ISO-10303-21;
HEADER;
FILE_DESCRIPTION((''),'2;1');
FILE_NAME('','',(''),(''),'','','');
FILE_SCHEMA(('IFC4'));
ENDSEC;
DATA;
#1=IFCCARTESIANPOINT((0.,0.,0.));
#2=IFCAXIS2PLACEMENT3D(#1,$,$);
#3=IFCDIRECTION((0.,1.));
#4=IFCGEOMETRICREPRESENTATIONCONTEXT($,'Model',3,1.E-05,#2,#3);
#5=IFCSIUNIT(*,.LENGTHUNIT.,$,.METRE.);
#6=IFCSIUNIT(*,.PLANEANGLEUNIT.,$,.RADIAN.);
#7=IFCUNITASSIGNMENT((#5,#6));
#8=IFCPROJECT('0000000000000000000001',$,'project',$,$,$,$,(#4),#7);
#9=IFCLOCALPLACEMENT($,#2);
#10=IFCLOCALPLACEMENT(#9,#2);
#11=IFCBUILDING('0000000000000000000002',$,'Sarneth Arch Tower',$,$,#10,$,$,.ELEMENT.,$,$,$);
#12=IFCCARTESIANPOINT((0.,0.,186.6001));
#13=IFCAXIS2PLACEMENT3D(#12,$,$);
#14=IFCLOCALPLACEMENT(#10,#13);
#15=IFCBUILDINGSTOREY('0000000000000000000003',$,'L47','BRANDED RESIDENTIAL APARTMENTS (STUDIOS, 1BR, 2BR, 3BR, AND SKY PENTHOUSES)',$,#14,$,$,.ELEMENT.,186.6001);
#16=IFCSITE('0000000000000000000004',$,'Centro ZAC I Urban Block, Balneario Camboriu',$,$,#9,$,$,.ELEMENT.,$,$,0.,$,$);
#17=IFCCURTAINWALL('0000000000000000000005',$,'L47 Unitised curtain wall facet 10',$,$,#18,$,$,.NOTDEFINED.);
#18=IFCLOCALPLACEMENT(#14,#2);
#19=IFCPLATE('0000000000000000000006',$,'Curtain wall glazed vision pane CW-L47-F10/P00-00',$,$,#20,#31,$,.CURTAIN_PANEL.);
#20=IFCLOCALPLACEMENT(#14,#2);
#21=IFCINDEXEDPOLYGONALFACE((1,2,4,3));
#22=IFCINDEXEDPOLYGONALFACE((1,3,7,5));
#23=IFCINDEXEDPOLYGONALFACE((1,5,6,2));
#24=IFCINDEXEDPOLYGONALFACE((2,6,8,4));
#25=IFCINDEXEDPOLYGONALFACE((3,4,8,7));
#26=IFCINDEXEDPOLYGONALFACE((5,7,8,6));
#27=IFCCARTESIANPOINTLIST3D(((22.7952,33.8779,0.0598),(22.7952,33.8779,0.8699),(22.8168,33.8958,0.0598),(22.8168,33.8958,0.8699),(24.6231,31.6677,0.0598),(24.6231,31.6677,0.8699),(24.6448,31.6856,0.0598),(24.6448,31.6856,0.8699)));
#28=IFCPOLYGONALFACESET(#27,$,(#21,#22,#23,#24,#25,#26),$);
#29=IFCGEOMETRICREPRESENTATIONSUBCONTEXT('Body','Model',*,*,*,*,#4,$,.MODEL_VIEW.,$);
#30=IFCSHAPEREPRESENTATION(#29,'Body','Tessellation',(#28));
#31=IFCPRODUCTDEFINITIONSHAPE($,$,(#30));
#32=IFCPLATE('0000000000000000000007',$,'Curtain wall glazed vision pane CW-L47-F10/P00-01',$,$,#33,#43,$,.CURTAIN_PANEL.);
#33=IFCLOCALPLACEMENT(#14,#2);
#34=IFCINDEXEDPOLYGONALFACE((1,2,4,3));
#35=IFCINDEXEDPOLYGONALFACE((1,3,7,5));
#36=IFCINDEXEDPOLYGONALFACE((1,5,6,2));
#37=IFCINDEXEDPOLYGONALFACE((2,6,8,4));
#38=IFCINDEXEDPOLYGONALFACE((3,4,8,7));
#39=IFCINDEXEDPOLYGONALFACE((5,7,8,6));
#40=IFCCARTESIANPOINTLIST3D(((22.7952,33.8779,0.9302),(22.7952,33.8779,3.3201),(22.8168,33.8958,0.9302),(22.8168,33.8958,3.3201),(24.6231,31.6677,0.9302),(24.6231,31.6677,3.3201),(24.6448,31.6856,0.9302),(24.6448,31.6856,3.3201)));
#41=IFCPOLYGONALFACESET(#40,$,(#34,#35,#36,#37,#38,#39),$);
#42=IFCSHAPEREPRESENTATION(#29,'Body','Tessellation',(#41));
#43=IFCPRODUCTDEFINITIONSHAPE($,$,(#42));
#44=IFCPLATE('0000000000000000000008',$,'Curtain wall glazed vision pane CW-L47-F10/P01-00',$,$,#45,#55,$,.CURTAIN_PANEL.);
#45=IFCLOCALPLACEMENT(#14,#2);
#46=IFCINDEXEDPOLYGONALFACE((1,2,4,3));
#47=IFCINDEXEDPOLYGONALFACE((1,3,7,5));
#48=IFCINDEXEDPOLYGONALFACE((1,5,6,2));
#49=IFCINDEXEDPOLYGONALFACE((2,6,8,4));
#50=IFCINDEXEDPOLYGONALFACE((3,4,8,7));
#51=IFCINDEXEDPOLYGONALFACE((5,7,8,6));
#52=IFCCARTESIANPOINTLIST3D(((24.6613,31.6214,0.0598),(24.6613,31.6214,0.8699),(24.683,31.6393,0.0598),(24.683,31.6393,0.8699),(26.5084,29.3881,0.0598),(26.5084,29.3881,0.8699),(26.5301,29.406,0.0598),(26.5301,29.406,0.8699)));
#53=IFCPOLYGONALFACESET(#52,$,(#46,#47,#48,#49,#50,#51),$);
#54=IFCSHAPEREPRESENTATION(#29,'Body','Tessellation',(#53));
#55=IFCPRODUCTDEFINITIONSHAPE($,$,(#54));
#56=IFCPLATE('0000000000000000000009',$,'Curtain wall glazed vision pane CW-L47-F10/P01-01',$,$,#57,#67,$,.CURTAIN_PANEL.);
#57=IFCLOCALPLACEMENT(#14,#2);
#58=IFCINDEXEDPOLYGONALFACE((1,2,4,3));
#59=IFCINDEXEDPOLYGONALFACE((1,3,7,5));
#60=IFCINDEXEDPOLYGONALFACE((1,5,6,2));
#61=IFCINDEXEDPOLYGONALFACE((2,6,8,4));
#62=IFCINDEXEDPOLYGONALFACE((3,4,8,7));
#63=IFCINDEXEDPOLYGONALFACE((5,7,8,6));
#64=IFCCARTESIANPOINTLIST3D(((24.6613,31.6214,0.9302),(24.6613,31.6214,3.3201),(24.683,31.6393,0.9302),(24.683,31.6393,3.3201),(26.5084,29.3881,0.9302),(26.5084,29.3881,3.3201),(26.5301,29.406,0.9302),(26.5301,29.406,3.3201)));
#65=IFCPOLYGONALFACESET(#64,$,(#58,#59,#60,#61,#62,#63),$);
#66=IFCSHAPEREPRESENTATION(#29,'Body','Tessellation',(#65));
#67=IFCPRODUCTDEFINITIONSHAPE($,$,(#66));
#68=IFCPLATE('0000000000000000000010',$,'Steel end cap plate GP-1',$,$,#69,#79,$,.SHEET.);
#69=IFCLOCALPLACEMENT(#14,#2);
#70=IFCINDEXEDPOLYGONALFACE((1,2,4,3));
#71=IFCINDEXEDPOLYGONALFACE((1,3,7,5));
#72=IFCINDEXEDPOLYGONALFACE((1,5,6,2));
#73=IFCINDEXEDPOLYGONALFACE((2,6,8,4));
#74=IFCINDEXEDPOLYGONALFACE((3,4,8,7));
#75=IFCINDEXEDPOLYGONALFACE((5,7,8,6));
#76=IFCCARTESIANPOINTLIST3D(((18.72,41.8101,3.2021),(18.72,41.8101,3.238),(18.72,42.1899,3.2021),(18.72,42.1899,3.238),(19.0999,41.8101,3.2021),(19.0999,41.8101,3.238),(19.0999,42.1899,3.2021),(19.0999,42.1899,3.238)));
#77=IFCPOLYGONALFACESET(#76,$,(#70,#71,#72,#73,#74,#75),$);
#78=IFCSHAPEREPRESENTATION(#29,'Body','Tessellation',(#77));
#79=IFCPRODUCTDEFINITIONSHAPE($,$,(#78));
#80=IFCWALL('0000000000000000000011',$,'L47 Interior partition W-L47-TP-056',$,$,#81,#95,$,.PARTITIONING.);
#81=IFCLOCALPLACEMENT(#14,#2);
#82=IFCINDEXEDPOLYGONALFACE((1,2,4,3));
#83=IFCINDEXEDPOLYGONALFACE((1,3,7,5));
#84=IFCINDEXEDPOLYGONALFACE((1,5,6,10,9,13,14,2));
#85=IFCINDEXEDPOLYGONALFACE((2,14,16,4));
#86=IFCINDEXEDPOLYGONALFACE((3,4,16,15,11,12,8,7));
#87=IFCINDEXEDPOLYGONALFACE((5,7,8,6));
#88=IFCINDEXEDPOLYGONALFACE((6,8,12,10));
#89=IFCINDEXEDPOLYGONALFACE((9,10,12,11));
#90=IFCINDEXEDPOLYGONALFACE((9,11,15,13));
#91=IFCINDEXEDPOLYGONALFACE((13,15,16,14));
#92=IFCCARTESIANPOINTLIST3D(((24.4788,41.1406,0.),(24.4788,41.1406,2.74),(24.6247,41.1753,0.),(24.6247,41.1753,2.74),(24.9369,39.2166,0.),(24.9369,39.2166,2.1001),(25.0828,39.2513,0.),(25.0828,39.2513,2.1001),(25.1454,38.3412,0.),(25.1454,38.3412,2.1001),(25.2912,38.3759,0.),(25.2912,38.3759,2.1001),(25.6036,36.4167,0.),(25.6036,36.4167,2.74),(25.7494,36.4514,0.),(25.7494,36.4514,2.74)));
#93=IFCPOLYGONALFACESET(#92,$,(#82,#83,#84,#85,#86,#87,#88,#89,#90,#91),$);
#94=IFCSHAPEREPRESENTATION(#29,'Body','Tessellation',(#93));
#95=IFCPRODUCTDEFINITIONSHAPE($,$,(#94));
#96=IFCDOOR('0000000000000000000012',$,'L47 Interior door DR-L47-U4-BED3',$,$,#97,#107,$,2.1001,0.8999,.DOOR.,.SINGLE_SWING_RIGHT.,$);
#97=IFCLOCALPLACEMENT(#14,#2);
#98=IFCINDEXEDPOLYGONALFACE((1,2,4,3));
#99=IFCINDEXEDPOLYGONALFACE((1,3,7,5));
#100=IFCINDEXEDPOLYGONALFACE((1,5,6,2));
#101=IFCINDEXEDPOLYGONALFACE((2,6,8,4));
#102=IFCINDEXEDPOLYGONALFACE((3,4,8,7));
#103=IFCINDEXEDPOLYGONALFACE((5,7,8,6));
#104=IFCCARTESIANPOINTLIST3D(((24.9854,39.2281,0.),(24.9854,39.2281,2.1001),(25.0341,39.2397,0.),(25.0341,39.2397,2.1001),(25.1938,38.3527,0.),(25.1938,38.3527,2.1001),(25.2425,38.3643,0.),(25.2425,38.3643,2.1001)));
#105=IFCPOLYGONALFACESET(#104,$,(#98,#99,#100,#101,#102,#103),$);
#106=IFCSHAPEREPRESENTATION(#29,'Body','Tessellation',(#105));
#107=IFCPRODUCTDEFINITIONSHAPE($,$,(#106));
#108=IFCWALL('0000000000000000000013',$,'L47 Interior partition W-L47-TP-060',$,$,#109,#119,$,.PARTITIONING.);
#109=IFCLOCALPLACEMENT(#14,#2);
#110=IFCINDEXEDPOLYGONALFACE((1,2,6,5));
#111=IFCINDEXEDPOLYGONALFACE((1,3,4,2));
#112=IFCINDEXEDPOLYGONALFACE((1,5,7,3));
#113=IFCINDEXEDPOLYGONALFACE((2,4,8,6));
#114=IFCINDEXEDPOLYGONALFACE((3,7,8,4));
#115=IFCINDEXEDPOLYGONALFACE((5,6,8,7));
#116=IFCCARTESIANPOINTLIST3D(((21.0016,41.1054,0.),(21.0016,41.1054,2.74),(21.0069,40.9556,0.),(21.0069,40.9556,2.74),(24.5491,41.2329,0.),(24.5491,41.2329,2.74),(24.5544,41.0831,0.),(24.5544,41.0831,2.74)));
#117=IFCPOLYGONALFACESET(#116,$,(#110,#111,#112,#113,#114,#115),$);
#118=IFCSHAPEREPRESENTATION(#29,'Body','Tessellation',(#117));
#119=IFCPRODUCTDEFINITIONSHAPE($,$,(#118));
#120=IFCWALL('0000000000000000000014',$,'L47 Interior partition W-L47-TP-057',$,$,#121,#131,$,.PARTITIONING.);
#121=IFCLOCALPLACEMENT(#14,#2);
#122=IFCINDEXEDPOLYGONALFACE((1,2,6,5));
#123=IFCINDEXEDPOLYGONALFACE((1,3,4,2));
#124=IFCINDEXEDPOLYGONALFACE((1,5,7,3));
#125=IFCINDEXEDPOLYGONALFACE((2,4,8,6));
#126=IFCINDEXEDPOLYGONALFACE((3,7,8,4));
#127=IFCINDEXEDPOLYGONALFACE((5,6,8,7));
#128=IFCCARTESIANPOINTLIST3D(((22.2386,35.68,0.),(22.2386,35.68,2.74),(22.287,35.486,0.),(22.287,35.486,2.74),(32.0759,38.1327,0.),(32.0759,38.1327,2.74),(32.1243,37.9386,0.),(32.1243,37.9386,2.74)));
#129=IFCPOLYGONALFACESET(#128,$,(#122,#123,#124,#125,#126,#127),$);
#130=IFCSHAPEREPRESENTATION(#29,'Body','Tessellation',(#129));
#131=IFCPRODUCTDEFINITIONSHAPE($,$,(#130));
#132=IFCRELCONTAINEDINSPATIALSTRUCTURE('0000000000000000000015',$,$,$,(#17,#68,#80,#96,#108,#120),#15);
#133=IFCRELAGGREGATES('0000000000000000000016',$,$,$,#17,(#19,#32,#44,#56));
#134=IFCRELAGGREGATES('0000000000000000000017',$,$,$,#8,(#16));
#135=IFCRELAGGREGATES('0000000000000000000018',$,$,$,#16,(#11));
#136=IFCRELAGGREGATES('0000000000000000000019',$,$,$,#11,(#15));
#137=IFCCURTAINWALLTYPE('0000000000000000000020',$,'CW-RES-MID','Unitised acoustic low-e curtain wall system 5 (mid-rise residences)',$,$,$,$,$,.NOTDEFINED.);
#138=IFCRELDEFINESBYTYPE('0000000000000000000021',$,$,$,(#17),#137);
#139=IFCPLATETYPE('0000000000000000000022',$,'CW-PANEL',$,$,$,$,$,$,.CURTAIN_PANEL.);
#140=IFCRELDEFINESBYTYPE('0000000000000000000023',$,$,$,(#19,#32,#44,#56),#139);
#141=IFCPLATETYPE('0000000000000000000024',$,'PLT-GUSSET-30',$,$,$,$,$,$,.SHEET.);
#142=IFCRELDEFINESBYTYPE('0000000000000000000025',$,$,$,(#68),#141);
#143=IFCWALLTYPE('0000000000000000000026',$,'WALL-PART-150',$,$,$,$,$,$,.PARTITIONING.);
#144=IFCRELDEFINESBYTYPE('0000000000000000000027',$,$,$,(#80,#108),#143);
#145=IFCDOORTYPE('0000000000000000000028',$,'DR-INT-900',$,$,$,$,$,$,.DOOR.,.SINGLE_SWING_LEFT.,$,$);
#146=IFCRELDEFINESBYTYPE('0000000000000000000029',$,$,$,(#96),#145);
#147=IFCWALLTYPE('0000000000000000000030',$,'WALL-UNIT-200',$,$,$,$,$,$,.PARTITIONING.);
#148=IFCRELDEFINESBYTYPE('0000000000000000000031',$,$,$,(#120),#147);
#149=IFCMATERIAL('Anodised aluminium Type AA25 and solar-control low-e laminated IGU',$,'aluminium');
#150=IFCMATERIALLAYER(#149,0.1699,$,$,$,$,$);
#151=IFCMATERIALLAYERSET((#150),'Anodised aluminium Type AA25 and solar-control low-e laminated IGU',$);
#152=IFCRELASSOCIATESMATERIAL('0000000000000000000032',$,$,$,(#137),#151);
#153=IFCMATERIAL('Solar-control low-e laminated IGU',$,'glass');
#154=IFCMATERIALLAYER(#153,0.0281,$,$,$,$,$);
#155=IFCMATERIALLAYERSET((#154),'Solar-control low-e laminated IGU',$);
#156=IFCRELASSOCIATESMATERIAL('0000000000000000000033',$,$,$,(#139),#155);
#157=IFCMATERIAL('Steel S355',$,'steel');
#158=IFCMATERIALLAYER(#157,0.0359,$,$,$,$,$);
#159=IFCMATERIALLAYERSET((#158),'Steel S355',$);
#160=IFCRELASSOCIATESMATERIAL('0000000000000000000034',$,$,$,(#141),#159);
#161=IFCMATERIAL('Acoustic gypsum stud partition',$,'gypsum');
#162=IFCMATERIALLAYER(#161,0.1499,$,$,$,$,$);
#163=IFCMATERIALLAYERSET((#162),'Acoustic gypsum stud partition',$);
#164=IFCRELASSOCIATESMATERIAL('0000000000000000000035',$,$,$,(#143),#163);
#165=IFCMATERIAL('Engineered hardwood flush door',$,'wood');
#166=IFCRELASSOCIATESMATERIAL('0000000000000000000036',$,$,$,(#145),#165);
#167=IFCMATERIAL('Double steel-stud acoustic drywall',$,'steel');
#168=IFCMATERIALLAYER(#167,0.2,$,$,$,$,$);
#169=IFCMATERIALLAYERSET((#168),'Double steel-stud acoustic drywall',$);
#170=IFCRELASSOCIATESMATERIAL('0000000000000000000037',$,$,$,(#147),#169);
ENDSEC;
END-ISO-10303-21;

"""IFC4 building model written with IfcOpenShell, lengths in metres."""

from ifc_helpers import new_model, si_unit, direction, frame, frame_2d, origin, origin_2d, place, context, subcontext, project, spatial, rectangle, extrude, material, layer, layer_set, type_object, element, fill, aggregate, save


model = new_model("IFC4")

# Units and contexts
model_context = context("Model", 3, precision=1e-05, world=origin(), true_north=direction((0.0, 1.0)))
body_context = subcontext(model_context, "Body", "Model", "MODEL_VIEW")
ifc_project = project(units=[si_unit("LENGTHUNIT", "METRE"), si_unit("PLANEANGLEUNIT", "RADIAN")], contexts=[model_context])

# Site, building, storey
site_placement = place(None, origin())
site = spatial("IfcSite", under=ifc_project, at=site_placement, Name="Centro ZAC I Urban Block, Balneario Camboriu", CompositionType="ELEMENT", RefElevation=0.0)
building_placement = place(site_placement, origin())
building = spatial("IfcBuilding", under=site, at=building_placement, Name="Sarneth Arch Tower", CompositionType="ELEMENT")
storey_placement = place(building_placement, frame((0.0, 0.0, 186.6001)))
storey = spatial("IfcBuildingStorey", under=building, at=storey_placement, Name="L47", Description="BRANDED RESIDENTIAL APARTMENTS (STUDIOS, 1BR, 2BR, 3BR, AND SKY PENTHOUSES)", CompositionType="ELEMENT", Elevation=186.6001)

# Curtain wall, plates
ifc_material_1 = material(Name="Anodised aluminium Type AA25 and solar-control low-e laminated IGU", Category="aluminium")
ifc_layer_1 = layer(ifc_material_1, 0.1699)
ifc_layer_set_1 = layer_set([ifc_layer_1], Name="Anodised aluminium Type AA25 and solar-control low-e laminated IGU")
curtain_wall_type = type_object("IfcCurtainWallType", Name="CW-RES-MID", Description="Unitised acoustic low-e curtain wall system 5 (mid-rise residences)", PredefinedType="NOTDEFINED", material=ifc_layer_set_1)
curtain_wall_placement = place(storey_placement, origin())
curtain_wall = element("IfcCurtainWall", 1, at=curtain_wall_placement, inside=storey, type_object=curtain_wall_type, Name="L47 Unitised curtain wall facet 10", PredefinedType="NOTDEFINED")
ifc_material_2 = material(Name="Solar-control low-e laminated IGU", Category="glass")
ifc_layer_2 = layer(ifc_material_2, 0.0281)
ifc_layer_set_2 = layer_set([ifc_layer_2], Name="Solar-control low-e laminated IGU")
plate_type_1 = type_object("IfcPlateType", Name="CW-PANEL", PredefinedType="CURTAIN_PANEL", material=ifc_layer_set_2)
plate_1_placement = place(storey_placement, frame((23.72, 32.7817, 0.0598), z_axis=(0.0, 0.0, 1.0), x_axis=(0.63733, -0.770591, 0.0)))
plate_1 = element("IfcPlate", 2, at=plate_1_placement, type_object=plate_type_1, Name="Curtain wall glazed vision pane CW-L47-F10/P00-00", PredefinedType="CURTAIN_PANEL", context=body_context, shape_type="SweptSolid", body=[
    extrude(rectangle(XDim=2.8682, YDim=0.0281, at=origin_2d()), origin(), (0.0, 0.0, 1.0), 0.8101),
])
plate_2_placement = place(storey_placement, frame((23.72, 32.7817, 0.9302), z_axis=(0.0, 0.0, 1.0), x_axis=(0.63733, -0.770591, 0.0)))
plate_2 = element("IfcPlate", 3, at=plate_2_placement, type_object=plate_type_1, Name="Curtain wall glazed vision pane CW-L47-F10/P00-01", PredefinedType="CURTAIN_PANEL", context=body_context, shape_type="SweptSolid", body=[
    extrude(rectangle(XDim=2.8682, YDim=0.0281, at=origin_2d()), origin(), (0.0, 0.0, 1.0), 2.3899),
])
plate_3_placement = place(storey_placement, frame((25.5957, 30.5137, 0.0598), z_axis=(0.0, 0.0, 1.0), x_axis=(0.63733, -0.770591, 0.0)))
plate_3 = element("IfcPlate", 4, at=plate_3_placement, type_object=plate_type_1, Name="Curtain wall glazed vision pane CW-L47-F10/P01-00", PredefinedType="CURTAIN_PANEL", context=body_context, shape_type="SweptSolid", body=[
    extrude(rectangle(XDim=2.8982, YDim=0.0281, at=origin_2d()), origin(), (0.0, 0.0, 1.0), 0.8101),
])
plate_4_placement = place(storey_placement, frame((25.5957, 30.5137, 0.9302), z_axis=(0.0, 0.0, 1.0), x_axis=(0.63733, -0.770591, 0.0)))
plate_4 = element("IfcPlate", 5, at=plate_4_placement, type_object=plate_type_1, Name="Curtain wall glazed vision pane CW-L47-F10/P01-01", PredefinedType="CURTAIN_PANEL", context=body_context, shape_type="SweptSolid", body=[
    extrude(rectangle(XDim=2.8982, YDim=0.0281, at=origin_2d()), origin(), (0.0, 0.0, 1.0), 2.3899),
])
aggregate(curtain_wall, [plate_1, plate_2, plate_3, plate_4])

# Plate
ifc_material_3 = material(Name="Steel S355", Category="steel")
ifc_layer_3 = layer(ifc_material_3, 0.0359)
ifc_layer_set_3 = layer_set([ifc_layer_3], Name="Steel S355")
plate_type_2 = type_object("IfcPlateType", Name="PLT-GUSSET-30", PredefinedType="SHEET", material=ifc_layer_set_3)
plate_5_placement = place(storey_placement, frame((18.9099, 42.0, 3.2021), z_axis=(0.0, 0.0, 1.0), x_axis=(-1.0, 0.0, 0.0)))
element("IfcPlate", 6, at=plate_5_placement, inside=storey, type_object=plate_type_2, Name="Steel end cap plate GP-1", PredefinedType="SHEET", context=body_context, shape_type="SweptSolid", body=[
    extrude(rectangle(XDim=0.3799, YDim=0.3799, at=origin_2d()), origin(), (0.0, 0.0, 1.0), 0.0359),
])

# Wall, opening, door
ifc_material_4 = material(Name="Acoustic gypsum stud partition", Category="gypsum")
ifc_layer_4 = layer(ifc_material_4, 0.1499)
ifc_layer_set_4 = layer_set([ifc_layer_4], Name="Acoustic gypsum stud partition")
wall_type_1 = type_object("IfcWallType", Name="WALL-PART-150", PredefinedType="PARTITIONING", material=ifc_layer_set_4)
wall_1_placement = place(storey_placement, frame((24.5518, 41.158, 0.0), z_axis=(0.0, 0.0, 1.0), x_axis=(0.231625, -0.972805, 0.0)))
wall_1 = element("IfcWall", 7, at=wall_1_placement, inside=storey, type_object=wall_type_1, Name="L47 Interior partition W-L47-TP-056", PredefinedType="PARTITIONING", context=body_context, shape_type="SweptSolid", body=[
    extrude(rectangle(XDim=4.856, YDim=0.1499, at=frame_2d((2.428, 0.0))), origin(), (0.0, 0.0, 1.0), 2.74),
])
opening_placement = place(wall_1_placement, frame((1.9778, 0.0, 0.0)))
opening = element("IfcOpeningElement", 8, at=opening_placement, cuts=wall_1, PredefinedType="OPENING", context=body_context, shape_type="SweptSolid", body=[
    extrude(rectangle(XDim=0.8999, YDim=2.1001, at=frame_2d((0.45, 1.05))), frame((0.0, 0.085, 0.0), z_axis=(0.0, -1.0, 0.0), x_axis=(1.0, 0.0, 0.0)), (0.0, 0.0, 1.0), 0.1699),
])
ifc_material_5 = material(Name="Engineered hardwood flush door", Category="wood")
door_type = type_object("IfcDoorType", Name="DR-INT-900", OperationType="SINGLE_SWING_LEFT", PredefinedType="DOOR", material=ifc_material_5)
door_placement = place(opening_placement, origin())
door = element("IfcDoor", 9, at=door_placement, inside=storey, type_object=door_type, Name="L47 Interior door DR-L47-U4-BED3", OperationType="SINGLE_SWING_RIGHT", OverallHeight=2.1001, OverallWidth=0.8999, PredefinedType="DOOR", context=body_context, shape_type="SweptSolid", body=[
    extrude(rectangle(XDim=0.8999, YDim=2.1001, at=frame_2d((0.45, 1.05))), frame((0.0, 0.0249, 0.0), z_axis=(0.0, -1.0, 0.0), x_axis=(1.0, 0.0, 0.0)), (0.0, 0.0, 1.0), 0.05),
])
fill(opening, door)

# Walls
wall_2_placement = place(storey_placement, frame((24.5518, 41.158, 0.0), z_axis=(0.0, 0.0, 1.0), x_axis=(-0.999355, -0.0359, 0.0)))
element("IfcWall", 10, at=wall_2_placement, inside=storey, type_object=wall_type_1, Name="L47 Interior partition W-L47-TP-060", PredefinedType="PARTITIONING", context=body_context, shape_type="SweptSolid", body=[
    extrude(rectangle(XDim=3.5498, YDim=0.1499, at=frame_2d((1.7749, 0.0))), origin(), (0.0, 0.0, 1.0), 2.74),
])
ifc_material_6 = material(Name="Double steel-stud acoustic drywall", Category="steel")
ifc_layer_5 = layer(ifc_material_6, 0.2)
ifc_layer_set_5 = layer_set([ifc_layer_5], Name="Double steel-stud acoustic drywall")
wall_type_2 = type_object("IfcWallType", Name="WALL-UNIT-200", PredefinedType="PARTITIONING", material=ifc_layer_set_5)
wall_3_placement = place(storey_placement, frame((22.2627, 35.583, 0.0), z_axis=(0.0, 0.0, 1.0), x_axis=(0.970298, 0.241912, 0.0)))
element("IfcWall", 11, at=wall_3_placement, inside=storey, type_object=wall_type_2, Name="L47 Interior partition W-L47-TP-057", PredefinedType="PARTITIONING", context=body_context, shape_type="SweptSolid", body=[
    extrude(rectangle(XDim=10.1384, YDim=0.2, at=frame_2d((5.0693, 0.0))), origin(), (0.0, 0.0, 1.0), 2.74),
])

save(model, "model.ifc")
